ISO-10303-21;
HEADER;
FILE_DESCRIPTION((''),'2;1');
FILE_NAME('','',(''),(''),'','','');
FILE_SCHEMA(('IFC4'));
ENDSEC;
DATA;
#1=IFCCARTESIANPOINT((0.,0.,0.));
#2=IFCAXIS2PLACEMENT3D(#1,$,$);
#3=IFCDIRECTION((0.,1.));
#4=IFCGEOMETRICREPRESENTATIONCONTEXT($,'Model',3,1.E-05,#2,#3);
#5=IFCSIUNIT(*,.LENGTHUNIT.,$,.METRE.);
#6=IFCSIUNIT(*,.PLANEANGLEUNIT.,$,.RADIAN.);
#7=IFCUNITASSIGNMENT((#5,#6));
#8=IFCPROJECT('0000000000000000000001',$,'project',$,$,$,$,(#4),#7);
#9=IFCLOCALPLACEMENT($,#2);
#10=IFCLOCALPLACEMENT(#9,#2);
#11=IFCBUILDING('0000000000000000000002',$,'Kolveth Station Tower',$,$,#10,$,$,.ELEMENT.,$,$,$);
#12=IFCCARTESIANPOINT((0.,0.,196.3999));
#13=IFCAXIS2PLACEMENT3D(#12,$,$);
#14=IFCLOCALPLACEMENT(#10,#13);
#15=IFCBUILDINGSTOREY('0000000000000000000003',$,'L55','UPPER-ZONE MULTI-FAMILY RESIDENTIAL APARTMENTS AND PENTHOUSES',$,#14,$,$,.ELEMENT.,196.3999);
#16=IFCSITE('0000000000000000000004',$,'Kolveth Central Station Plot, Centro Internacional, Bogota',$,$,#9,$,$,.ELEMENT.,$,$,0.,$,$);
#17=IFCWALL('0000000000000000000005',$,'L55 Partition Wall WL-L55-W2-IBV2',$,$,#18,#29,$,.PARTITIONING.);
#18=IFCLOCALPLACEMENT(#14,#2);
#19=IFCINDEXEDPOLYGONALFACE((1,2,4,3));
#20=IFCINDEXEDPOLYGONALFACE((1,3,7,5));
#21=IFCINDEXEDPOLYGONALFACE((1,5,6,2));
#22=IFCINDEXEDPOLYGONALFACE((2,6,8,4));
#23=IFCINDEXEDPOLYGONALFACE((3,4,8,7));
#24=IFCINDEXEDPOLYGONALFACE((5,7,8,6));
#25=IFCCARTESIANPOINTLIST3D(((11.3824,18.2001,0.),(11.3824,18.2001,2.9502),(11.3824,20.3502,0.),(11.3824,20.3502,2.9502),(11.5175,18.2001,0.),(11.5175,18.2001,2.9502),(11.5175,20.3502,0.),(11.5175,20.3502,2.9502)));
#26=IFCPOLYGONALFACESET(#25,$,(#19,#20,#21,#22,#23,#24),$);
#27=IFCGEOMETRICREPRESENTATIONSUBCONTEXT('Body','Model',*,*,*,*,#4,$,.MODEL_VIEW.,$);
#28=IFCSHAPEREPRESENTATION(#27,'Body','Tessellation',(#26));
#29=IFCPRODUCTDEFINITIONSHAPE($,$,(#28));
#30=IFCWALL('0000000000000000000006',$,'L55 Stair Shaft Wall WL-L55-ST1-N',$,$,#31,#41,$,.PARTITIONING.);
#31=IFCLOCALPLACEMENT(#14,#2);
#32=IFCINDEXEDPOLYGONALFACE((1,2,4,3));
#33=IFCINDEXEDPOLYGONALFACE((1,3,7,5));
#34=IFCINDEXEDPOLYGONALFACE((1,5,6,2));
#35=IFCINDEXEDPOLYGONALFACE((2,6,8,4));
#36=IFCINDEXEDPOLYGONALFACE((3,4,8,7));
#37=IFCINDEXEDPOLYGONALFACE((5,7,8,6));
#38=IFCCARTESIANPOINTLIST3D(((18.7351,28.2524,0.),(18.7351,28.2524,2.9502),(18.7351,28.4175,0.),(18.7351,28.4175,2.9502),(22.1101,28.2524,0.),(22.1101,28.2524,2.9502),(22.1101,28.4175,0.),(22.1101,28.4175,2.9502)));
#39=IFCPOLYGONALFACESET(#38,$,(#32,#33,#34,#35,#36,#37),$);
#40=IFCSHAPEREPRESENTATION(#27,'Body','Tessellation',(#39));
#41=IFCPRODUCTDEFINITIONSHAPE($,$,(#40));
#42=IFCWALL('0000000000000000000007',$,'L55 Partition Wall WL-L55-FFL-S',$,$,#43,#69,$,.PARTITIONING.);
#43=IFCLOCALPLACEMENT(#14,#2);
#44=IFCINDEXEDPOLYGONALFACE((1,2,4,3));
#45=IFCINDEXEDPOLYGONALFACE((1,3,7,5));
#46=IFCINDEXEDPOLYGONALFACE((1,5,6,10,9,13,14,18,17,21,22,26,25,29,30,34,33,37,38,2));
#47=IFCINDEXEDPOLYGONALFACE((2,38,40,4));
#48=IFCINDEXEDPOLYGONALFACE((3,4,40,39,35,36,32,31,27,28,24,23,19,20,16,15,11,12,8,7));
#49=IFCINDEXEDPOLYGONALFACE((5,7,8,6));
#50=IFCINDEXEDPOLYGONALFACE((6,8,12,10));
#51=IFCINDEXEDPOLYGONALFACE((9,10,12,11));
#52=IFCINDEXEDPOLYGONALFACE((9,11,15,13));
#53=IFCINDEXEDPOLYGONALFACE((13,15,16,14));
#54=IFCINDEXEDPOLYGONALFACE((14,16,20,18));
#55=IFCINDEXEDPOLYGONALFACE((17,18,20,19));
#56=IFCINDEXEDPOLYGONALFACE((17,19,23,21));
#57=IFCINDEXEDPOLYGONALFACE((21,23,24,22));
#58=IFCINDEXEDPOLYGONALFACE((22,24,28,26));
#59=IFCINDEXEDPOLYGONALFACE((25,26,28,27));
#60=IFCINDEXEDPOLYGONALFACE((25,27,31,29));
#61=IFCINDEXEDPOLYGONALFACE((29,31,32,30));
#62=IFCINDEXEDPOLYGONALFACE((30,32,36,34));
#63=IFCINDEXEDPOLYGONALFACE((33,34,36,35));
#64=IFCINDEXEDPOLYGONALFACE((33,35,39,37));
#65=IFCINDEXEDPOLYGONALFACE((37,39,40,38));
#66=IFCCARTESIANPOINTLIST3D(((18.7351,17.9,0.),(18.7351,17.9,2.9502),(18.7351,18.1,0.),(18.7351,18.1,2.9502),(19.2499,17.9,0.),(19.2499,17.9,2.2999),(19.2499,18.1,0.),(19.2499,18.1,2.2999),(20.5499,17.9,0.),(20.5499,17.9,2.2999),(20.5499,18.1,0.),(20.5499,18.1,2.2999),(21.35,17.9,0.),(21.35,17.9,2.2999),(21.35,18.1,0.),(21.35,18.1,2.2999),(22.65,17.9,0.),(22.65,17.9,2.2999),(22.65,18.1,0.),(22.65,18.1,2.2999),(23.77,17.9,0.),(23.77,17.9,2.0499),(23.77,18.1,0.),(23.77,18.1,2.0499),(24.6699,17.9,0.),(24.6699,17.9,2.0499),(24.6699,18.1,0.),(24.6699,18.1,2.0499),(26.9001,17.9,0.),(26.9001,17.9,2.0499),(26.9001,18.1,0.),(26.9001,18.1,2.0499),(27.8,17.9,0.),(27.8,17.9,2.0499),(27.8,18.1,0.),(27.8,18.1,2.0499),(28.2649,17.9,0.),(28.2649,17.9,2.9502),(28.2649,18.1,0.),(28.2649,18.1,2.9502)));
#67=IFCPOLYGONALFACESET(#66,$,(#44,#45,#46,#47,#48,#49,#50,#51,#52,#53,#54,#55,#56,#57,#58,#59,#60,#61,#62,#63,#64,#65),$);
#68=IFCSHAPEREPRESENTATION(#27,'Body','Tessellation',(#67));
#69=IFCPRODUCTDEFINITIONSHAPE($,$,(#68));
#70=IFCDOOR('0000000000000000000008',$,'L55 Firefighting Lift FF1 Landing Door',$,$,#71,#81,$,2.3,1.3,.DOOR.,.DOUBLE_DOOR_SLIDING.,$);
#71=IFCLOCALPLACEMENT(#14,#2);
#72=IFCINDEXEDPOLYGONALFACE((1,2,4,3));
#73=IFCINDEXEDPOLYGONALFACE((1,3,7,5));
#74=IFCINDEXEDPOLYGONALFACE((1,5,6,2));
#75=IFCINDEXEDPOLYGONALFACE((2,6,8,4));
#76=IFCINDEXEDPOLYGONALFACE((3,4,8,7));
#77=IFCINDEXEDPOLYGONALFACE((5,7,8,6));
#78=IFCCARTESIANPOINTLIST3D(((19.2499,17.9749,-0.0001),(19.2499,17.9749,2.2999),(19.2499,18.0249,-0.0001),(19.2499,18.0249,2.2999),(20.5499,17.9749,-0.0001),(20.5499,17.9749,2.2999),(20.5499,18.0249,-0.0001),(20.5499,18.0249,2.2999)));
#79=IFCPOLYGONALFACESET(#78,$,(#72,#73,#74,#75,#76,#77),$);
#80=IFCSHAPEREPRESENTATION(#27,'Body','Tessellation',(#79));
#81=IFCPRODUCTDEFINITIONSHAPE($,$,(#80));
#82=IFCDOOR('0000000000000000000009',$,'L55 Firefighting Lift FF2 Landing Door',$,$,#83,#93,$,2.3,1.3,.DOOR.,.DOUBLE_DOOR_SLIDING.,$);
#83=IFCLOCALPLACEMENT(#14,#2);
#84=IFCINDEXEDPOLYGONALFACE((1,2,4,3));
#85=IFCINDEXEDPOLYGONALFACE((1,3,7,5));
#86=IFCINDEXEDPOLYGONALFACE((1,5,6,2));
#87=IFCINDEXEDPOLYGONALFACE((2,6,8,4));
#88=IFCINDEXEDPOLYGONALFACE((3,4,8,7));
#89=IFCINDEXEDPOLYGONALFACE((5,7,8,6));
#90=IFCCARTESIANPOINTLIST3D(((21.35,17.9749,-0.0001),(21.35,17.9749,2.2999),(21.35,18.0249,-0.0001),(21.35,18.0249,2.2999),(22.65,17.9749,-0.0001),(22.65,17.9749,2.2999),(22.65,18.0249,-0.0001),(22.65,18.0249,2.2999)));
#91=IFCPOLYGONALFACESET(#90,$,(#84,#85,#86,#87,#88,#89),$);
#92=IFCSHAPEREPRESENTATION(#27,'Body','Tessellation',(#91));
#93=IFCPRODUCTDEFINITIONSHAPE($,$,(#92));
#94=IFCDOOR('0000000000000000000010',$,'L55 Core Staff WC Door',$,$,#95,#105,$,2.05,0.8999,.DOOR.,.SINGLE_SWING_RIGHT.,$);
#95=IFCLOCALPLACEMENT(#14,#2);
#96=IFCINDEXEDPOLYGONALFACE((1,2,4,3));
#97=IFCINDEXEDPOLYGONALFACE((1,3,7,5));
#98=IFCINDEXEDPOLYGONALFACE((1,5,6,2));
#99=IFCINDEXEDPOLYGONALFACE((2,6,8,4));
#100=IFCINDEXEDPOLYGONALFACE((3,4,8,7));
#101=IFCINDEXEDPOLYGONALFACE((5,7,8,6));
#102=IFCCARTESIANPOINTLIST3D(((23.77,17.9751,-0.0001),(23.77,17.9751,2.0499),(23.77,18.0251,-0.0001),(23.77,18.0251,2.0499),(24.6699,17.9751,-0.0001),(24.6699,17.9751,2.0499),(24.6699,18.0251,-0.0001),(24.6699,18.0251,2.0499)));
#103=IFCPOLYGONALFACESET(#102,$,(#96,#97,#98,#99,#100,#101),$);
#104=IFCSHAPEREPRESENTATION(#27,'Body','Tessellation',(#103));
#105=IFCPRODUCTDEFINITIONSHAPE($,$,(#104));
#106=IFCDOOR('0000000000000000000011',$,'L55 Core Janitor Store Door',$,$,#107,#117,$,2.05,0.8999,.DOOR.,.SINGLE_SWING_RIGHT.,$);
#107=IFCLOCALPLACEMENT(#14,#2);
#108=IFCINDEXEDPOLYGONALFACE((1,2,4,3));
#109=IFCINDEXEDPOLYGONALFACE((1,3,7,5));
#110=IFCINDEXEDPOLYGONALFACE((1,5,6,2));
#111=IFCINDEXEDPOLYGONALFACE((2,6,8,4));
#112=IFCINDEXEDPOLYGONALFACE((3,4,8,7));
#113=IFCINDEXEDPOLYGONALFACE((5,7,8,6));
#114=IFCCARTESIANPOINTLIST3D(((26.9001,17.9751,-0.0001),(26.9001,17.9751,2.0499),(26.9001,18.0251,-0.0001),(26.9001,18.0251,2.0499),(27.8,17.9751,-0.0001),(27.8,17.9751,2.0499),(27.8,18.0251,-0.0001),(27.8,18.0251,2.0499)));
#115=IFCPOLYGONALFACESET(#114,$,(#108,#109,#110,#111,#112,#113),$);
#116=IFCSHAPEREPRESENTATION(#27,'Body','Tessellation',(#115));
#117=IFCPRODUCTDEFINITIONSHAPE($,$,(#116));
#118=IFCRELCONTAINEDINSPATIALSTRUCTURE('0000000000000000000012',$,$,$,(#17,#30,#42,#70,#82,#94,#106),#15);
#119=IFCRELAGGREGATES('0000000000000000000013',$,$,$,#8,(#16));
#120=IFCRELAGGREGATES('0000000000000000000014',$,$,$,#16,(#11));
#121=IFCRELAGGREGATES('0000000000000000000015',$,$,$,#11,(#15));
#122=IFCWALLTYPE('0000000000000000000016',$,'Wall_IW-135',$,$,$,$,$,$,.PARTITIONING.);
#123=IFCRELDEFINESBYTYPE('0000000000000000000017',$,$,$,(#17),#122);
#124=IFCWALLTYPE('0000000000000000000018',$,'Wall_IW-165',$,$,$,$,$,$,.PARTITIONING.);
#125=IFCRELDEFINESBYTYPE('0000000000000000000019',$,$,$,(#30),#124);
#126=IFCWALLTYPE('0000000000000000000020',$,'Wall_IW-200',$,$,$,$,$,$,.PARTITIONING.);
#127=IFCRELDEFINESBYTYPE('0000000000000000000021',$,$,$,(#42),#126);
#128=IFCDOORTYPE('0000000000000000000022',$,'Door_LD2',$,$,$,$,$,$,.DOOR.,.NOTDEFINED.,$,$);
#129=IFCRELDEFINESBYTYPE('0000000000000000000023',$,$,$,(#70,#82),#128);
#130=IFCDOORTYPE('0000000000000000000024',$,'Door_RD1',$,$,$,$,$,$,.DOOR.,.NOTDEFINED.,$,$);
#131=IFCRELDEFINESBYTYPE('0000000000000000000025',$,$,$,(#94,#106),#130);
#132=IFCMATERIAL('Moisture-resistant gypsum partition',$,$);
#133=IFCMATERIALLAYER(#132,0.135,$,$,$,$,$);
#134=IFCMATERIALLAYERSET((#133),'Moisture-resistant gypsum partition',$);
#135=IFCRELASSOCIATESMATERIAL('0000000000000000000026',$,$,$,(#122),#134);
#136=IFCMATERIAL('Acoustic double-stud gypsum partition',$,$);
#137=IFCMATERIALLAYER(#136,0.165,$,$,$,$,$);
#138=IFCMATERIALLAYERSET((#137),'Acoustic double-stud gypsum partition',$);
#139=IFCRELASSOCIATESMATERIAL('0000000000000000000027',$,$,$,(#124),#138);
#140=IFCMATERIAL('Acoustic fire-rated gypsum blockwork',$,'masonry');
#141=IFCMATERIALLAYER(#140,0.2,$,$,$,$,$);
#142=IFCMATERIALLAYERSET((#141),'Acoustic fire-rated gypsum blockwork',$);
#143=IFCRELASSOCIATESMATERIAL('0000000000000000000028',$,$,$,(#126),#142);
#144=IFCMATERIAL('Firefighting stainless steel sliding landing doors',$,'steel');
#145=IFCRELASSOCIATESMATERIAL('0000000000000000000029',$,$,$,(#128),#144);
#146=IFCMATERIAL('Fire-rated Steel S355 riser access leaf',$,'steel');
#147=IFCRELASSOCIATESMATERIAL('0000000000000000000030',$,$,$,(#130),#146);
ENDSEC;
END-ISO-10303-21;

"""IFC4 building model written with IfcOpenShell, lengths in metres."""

from ifc_helpers import new_model, si_unit, direction, frame, frame_2d, origin, place, context, subcontext, project, spatial, rectangle, extrude, material, layer, layer_set, type_object, element, fill, save


model = new_model("IFC4")

# Units and contexts
model_context = context("Model", 3, precision=1e-05, world=origin(), true_north=direction((0.0, 1.0)))
body_context = subcontext(model_context, "Body", "Model", "MODEL_VIEW")
ifc_project = project(units=[si_unit("LENGTHUNIT", "METRE"), si_unit("PLANEANGLEUNIT", "RADIAN")], contexts=[model_context])

# Site, building, storey
site_placement = place(None, origin())
site = spatial("IfcSite", under=ifc_project, at=site_placement, Name="Kolveth Central Station Plot, Centro Internacional, Bogota", CompositionType="ELEMENT", RefElevation=0.0)
building_placement = place(site_placement, origin())
building = spatial("IfcBuilding", under=site, at=building_placement, Name="Kolveth Station Tower", CompositionType="ELEMENT")
storey_placement = place(building_placement, frame((0.0, 0.0, 196.3999)))
storey = spatial("IfcBuildingStorey", under=building, at=storey_placement, Name="L55", Description="UPPER-ZONE MULTI-FAMILY RESIDENTIAL APARTMENTS AND PENTHOUSES", CompositionType="ELEMENT", Elevation=196.3999)

# Shared definitions
ifc_material_1 = material(Name="Moisture-resistant gypsum partition")
ifc_layer_1 = layer(ifc_material_1, 0.135)
ifc_layer_set_1 = layer_set([ifc_layer_1], Name="Moisture-resistant gypsum partition")
wall_type_1 = type_object("IfcWallType", Name="Wall_IW-135", PredefinedType="PARTITIONING", material=ifc_layer_set_1)

# Walls
for number, where, z_axis, x_axis, name in (
    (1, (11.45, 18.2, 0.0), (0.0, 0.0, 1.0), (0.0, 1.0, 0.0), "L55 Partition Wall WL-L55-W2-IBV2"),
):
    element("IfcWall", number, at=place(storey_placement, frame(where, z_axis=z_axis, x_axis=x_axis)), inside=storey, type_object=wall_type_1, Name=name, PredefinedType="PARTITIONING", context=body_context, shape_type="SweptSolid", body=[
        extrude(rectangle(XDim=2.1501, YDim=0.135, at=frame_2d((1.0752, 0.0))), origin(), (0.0, 0.0, 1.0), 2.9502),
    ])
ifc_material_2 = material(Name="Acoustic double-stud gypsum partition")
ifc_layer_2 = layer(ifc_material_2, 0.165)
ifc_layer_set_2 = layer_set([ifc_layer_2], Name="Acoustic double-stud gypsum partition")
wall_type_2 = type_object("IfcWallType", Name="Wall_IW-165", PredefinedType="PARTITIONING", material=ifc_layer_set_2)
wall_1_placement = place(storey_placement, frame((18.7351, 28.335, 0.0), z_axis=(0.0, 0.0, 1.0), x_axis=(1.0, 0.0, 0.0)))
element("IfcWall", 2, at=wall_1_placement, inside=storey, type_object=wall_type_2, Name="L55 Stair Shaft Wall WL-L55-ST1-N", PredefinedType="PARTITIONING", context=body_context, shape_type="SweptSolid", body=[
    extrude(rectangle(XDim=3.375, YDim=0.165, at=frame_2d((1.6875, 0.0))), origin(), (0.0, 0.0, 1.0), 2.9502),
])

# Wall, openings, doors
ifc_material_3 = material(Name="Acoustic fire-rated gypsum blockwork", Category="masonry")
ifc_layer_3 = layer(ifc_material_3, 0.2)
ifc_layer_set_3 = layer_set([ifc_layer_3], Name="Acoustic fire-rated gypsum blockwork")
wall_type_3 = type_object("IfcWallType", Name="Wall_IW-200", PredefinedType="PARTITIONING", material=ifc_layer_set_3)
wall_2_placement = place(storey_placement, frame((18.7351, 18.0, 0.0), z_axis=(0.0, 0.0, 1.0), x_axis=(1.0, 0.0, 0.0)))
wall_2 = element("IfcWall", 3, at=wall_2_placement, inside=storey, type_object=wall_type_3, Name="L55 Partition Wall WL-L55-FFL-S", PredefinedType="PARTITIONING", context=body_context, shape_type="SweptSolid", body=[
    extrude(rectangle(XDim=9.5298, YDim=0.2, at=frame_2d((4.7649, 0.0))), origin(), (0.0, 0.0, 1.0), 2.9502),
])
opening_1_placement = place(wall_2_placement, frame((0.5149, 0.0, 0.0)))
opening_1 = element("IfcOpeningElement", 4, at=opening_1_placement, cuts=wall_2, PredefinedType="OPENING", context=body_context, shape_type="SweptSolid", body=[
    extrude(rectangle(XDim=1.3, YDim=2.3, at=frame_2d((0.6499, 1.1499))), frame((0.0, 0.1099, 0.0), z_axis=(0.0, -1.0, 0.0), x_axis=(1.0, 0.0, 0.0)), (0.0, 0.0, 1.0), 0.22),
])
opening_2_placement = place(wall_2_placement, frame((2.615, 0.0, 0.0)))
opening_2 = element("IfcOpeningElement", 5, at=opening_2_placement, cuts=wall_2, PredefinedType="OPENING", context=body_context, shape_type="SweptSolid", body=[
    extrude(rectangle(XDim=1.3, YDim=2.3, at=frame_2d((0.6499, 1.1499))), frame((0.0, 0.1099, 0.0), z_axis=(0.0, -1.0, 0.0), x_axis=(1.0, 0.0, 0.0)), (0.0, 0.0, 1.0), 0.22),
])
opening_3_placement = place(wall_2_placement, frame((5.0349, 0.0, 0.0)))
opening_3 = element("IfcOpeningElement", 6, at=opening_3_placement, cuts=wall_2, PredefinedType="OPENING", context=body_context, shape_type="SweptSolid", body=[
    extrude(rectangle(XDim=0.8999, YDim=2.05, at=frame_2d((0.45, 1.0249))), frame((0.0, 0.1099, 0.0), z_axis=(0.0, -1.0, 0.0), x_axis=(1.0, 0.0, 0.0)), (0.0, 0.0, 1.0), 0.22),
])
opening_4_placement = place(wall_2_placement, frame((8.165, 0.0, 0.0)))
opening_4 = element("IfcOpeningElement", 7, at=opening_4_placement, cuts=wall_2, PredefinedType="OPENING", context=body_context, shape_type="SweptSolid", body=[
    extrude(rectangle(XDim=0.8999, YDim=2.05, at=frame_2d((0.45, 1.0249))), frame((0.0, 0.1099, 0.0), z_axis=(0.0, -1.0, 0.0), x_axis=(1.0, 0.0, 0.0)), (0.0, 0.0, 1.0), 0.22),
])
ifc_material_4 = material(Name="Firefighting stainless steel sliding landing doors", Category="steel")
door_type_1 = type_object("IfcDoorType", Name="Door_LD2", OperationType="NOTDEFINED", PredefinedType="DOOR", material=ifc_material_4)
door_1_placement = place(opening_1_placement, origin())
door_1 = element("IfcDoor", 8, at=door_1_placement, inside=storey, type_object=door_type_1, Name="L55 Firefighting Lift FF1 Landing Door", OperationType="DOUBLE_DOOR_SLIDING", OverallHeight=2.3, OverallWidth=1.3, PredefinedType="DOOR", context=body_context, shape_type="SweptSolid", body=[
    extrude(rectangle(XDim=1.3, YDim=2.3, at=frame_2d((0.6499, 1.1499))), frame((0.0, 0.0249, 0.0), z_axis=(0.0, -1.0, 0.0), x_axis=(1.0, 0.0, 0.0)), (0.0, 0.0, 1.0), 0.05),
])
fill(opening_1, door_1)
door_2_placement = place(opening_2_placement, origin())
door_2 = element("IfcDoor", 9, at=door_2_placement, inside=storey, type_object=door_type_1, Name="L55 Firefighting Lift FF2 Landing Door", OperationType="DOUBLE_DOOR_SLIDING", OverallHeight=2.3, OverallWidth=1.3, PredefinedType="DOOR", context=body_context, shape_type="SweptSolid", body=[
    extrude(rectangle(XDim=1.3, YDim=2.3, at=frame_2d((0.6499, 1.1499))), frame((0.0, 0.0249, 0.0), z_axis=(0.0, -1.0, 0.0), x_axis=(1.0, 0.0, 0.0)), (0.0, 0.0, 1.0), 0.05),
])
fill(opening_2, door_2)
ifc_material_5 = material(Name="Fire-rated Steel S355 riser access leaf", Category="steel")
door_type_2 = type_object("IfcDoorType", Name="Door_RD1", OperationType="NOTDEFINED", PredefinedType="DOOR", material=ifc_material_5)
door_3_placement = place(opening_3_placement, frame((0.8999, 0.0, 0.0), z_axis=(0.0, 0.0, 1.0), x_axis=(-1.0, 0.0, 0.0)))
door_3 = element("IfcDoor", 10, at=door_3_placement, inside=storey, type_object=door_type_2, Name="L55 Core Staff WC Door", OperationType="SINGLE_SWING_RIGHT", OverallHeight=2.05, OverallWidth=0.8999, PredefinedType="DOOR", context=body_context, shape_type="SweptSolid", body=[
    extrude(rectangle(XDim=0.8999, YDim=2.05, at=frame_2d((0.45, 1.0249))), frame((0.0, 0.0249, 0.0), z_axis=(0.0, -1.0, 0.0), x_axis=(1.0, 0.0, 0.0)), (0.0, 0.0, 1.0), 0.05),
])
fill(opening_3, door_3)
door_4_placement = place(opening_4_placement, frame((0.8999, 0.0, 0.0), z_axis=(0.0, 0.0, 1.0), x_axis=(-1.0, 0.0, 0.0)))
door_4 = element("IfcDoor", 11, at=door_4_placement, inside=storey, type_object=door_type_2, Name="L55 Core Janitor Store Door", OperationType="SINGLE_SWING_RIGHT", OverallHeight=2.05, OverallWidth=0.8999, PredefinedType="DOOR", context=body_context, shape_type="SweptSolid", body=[
    extrude(rectangle(XDim=0.8999, YDim=2.05, at=frame_2d((0.45, 1.0249))), frame((0.0, 0.0249, 0.0), z_axis=(0.0, -1.0, 0.0), x_axis=(1.0, 0.0, 0.0)), (0.0, 0.0, 1.0), 0.05),
])
fill(opening_4, door_4)

save(model, "model.ifc")
